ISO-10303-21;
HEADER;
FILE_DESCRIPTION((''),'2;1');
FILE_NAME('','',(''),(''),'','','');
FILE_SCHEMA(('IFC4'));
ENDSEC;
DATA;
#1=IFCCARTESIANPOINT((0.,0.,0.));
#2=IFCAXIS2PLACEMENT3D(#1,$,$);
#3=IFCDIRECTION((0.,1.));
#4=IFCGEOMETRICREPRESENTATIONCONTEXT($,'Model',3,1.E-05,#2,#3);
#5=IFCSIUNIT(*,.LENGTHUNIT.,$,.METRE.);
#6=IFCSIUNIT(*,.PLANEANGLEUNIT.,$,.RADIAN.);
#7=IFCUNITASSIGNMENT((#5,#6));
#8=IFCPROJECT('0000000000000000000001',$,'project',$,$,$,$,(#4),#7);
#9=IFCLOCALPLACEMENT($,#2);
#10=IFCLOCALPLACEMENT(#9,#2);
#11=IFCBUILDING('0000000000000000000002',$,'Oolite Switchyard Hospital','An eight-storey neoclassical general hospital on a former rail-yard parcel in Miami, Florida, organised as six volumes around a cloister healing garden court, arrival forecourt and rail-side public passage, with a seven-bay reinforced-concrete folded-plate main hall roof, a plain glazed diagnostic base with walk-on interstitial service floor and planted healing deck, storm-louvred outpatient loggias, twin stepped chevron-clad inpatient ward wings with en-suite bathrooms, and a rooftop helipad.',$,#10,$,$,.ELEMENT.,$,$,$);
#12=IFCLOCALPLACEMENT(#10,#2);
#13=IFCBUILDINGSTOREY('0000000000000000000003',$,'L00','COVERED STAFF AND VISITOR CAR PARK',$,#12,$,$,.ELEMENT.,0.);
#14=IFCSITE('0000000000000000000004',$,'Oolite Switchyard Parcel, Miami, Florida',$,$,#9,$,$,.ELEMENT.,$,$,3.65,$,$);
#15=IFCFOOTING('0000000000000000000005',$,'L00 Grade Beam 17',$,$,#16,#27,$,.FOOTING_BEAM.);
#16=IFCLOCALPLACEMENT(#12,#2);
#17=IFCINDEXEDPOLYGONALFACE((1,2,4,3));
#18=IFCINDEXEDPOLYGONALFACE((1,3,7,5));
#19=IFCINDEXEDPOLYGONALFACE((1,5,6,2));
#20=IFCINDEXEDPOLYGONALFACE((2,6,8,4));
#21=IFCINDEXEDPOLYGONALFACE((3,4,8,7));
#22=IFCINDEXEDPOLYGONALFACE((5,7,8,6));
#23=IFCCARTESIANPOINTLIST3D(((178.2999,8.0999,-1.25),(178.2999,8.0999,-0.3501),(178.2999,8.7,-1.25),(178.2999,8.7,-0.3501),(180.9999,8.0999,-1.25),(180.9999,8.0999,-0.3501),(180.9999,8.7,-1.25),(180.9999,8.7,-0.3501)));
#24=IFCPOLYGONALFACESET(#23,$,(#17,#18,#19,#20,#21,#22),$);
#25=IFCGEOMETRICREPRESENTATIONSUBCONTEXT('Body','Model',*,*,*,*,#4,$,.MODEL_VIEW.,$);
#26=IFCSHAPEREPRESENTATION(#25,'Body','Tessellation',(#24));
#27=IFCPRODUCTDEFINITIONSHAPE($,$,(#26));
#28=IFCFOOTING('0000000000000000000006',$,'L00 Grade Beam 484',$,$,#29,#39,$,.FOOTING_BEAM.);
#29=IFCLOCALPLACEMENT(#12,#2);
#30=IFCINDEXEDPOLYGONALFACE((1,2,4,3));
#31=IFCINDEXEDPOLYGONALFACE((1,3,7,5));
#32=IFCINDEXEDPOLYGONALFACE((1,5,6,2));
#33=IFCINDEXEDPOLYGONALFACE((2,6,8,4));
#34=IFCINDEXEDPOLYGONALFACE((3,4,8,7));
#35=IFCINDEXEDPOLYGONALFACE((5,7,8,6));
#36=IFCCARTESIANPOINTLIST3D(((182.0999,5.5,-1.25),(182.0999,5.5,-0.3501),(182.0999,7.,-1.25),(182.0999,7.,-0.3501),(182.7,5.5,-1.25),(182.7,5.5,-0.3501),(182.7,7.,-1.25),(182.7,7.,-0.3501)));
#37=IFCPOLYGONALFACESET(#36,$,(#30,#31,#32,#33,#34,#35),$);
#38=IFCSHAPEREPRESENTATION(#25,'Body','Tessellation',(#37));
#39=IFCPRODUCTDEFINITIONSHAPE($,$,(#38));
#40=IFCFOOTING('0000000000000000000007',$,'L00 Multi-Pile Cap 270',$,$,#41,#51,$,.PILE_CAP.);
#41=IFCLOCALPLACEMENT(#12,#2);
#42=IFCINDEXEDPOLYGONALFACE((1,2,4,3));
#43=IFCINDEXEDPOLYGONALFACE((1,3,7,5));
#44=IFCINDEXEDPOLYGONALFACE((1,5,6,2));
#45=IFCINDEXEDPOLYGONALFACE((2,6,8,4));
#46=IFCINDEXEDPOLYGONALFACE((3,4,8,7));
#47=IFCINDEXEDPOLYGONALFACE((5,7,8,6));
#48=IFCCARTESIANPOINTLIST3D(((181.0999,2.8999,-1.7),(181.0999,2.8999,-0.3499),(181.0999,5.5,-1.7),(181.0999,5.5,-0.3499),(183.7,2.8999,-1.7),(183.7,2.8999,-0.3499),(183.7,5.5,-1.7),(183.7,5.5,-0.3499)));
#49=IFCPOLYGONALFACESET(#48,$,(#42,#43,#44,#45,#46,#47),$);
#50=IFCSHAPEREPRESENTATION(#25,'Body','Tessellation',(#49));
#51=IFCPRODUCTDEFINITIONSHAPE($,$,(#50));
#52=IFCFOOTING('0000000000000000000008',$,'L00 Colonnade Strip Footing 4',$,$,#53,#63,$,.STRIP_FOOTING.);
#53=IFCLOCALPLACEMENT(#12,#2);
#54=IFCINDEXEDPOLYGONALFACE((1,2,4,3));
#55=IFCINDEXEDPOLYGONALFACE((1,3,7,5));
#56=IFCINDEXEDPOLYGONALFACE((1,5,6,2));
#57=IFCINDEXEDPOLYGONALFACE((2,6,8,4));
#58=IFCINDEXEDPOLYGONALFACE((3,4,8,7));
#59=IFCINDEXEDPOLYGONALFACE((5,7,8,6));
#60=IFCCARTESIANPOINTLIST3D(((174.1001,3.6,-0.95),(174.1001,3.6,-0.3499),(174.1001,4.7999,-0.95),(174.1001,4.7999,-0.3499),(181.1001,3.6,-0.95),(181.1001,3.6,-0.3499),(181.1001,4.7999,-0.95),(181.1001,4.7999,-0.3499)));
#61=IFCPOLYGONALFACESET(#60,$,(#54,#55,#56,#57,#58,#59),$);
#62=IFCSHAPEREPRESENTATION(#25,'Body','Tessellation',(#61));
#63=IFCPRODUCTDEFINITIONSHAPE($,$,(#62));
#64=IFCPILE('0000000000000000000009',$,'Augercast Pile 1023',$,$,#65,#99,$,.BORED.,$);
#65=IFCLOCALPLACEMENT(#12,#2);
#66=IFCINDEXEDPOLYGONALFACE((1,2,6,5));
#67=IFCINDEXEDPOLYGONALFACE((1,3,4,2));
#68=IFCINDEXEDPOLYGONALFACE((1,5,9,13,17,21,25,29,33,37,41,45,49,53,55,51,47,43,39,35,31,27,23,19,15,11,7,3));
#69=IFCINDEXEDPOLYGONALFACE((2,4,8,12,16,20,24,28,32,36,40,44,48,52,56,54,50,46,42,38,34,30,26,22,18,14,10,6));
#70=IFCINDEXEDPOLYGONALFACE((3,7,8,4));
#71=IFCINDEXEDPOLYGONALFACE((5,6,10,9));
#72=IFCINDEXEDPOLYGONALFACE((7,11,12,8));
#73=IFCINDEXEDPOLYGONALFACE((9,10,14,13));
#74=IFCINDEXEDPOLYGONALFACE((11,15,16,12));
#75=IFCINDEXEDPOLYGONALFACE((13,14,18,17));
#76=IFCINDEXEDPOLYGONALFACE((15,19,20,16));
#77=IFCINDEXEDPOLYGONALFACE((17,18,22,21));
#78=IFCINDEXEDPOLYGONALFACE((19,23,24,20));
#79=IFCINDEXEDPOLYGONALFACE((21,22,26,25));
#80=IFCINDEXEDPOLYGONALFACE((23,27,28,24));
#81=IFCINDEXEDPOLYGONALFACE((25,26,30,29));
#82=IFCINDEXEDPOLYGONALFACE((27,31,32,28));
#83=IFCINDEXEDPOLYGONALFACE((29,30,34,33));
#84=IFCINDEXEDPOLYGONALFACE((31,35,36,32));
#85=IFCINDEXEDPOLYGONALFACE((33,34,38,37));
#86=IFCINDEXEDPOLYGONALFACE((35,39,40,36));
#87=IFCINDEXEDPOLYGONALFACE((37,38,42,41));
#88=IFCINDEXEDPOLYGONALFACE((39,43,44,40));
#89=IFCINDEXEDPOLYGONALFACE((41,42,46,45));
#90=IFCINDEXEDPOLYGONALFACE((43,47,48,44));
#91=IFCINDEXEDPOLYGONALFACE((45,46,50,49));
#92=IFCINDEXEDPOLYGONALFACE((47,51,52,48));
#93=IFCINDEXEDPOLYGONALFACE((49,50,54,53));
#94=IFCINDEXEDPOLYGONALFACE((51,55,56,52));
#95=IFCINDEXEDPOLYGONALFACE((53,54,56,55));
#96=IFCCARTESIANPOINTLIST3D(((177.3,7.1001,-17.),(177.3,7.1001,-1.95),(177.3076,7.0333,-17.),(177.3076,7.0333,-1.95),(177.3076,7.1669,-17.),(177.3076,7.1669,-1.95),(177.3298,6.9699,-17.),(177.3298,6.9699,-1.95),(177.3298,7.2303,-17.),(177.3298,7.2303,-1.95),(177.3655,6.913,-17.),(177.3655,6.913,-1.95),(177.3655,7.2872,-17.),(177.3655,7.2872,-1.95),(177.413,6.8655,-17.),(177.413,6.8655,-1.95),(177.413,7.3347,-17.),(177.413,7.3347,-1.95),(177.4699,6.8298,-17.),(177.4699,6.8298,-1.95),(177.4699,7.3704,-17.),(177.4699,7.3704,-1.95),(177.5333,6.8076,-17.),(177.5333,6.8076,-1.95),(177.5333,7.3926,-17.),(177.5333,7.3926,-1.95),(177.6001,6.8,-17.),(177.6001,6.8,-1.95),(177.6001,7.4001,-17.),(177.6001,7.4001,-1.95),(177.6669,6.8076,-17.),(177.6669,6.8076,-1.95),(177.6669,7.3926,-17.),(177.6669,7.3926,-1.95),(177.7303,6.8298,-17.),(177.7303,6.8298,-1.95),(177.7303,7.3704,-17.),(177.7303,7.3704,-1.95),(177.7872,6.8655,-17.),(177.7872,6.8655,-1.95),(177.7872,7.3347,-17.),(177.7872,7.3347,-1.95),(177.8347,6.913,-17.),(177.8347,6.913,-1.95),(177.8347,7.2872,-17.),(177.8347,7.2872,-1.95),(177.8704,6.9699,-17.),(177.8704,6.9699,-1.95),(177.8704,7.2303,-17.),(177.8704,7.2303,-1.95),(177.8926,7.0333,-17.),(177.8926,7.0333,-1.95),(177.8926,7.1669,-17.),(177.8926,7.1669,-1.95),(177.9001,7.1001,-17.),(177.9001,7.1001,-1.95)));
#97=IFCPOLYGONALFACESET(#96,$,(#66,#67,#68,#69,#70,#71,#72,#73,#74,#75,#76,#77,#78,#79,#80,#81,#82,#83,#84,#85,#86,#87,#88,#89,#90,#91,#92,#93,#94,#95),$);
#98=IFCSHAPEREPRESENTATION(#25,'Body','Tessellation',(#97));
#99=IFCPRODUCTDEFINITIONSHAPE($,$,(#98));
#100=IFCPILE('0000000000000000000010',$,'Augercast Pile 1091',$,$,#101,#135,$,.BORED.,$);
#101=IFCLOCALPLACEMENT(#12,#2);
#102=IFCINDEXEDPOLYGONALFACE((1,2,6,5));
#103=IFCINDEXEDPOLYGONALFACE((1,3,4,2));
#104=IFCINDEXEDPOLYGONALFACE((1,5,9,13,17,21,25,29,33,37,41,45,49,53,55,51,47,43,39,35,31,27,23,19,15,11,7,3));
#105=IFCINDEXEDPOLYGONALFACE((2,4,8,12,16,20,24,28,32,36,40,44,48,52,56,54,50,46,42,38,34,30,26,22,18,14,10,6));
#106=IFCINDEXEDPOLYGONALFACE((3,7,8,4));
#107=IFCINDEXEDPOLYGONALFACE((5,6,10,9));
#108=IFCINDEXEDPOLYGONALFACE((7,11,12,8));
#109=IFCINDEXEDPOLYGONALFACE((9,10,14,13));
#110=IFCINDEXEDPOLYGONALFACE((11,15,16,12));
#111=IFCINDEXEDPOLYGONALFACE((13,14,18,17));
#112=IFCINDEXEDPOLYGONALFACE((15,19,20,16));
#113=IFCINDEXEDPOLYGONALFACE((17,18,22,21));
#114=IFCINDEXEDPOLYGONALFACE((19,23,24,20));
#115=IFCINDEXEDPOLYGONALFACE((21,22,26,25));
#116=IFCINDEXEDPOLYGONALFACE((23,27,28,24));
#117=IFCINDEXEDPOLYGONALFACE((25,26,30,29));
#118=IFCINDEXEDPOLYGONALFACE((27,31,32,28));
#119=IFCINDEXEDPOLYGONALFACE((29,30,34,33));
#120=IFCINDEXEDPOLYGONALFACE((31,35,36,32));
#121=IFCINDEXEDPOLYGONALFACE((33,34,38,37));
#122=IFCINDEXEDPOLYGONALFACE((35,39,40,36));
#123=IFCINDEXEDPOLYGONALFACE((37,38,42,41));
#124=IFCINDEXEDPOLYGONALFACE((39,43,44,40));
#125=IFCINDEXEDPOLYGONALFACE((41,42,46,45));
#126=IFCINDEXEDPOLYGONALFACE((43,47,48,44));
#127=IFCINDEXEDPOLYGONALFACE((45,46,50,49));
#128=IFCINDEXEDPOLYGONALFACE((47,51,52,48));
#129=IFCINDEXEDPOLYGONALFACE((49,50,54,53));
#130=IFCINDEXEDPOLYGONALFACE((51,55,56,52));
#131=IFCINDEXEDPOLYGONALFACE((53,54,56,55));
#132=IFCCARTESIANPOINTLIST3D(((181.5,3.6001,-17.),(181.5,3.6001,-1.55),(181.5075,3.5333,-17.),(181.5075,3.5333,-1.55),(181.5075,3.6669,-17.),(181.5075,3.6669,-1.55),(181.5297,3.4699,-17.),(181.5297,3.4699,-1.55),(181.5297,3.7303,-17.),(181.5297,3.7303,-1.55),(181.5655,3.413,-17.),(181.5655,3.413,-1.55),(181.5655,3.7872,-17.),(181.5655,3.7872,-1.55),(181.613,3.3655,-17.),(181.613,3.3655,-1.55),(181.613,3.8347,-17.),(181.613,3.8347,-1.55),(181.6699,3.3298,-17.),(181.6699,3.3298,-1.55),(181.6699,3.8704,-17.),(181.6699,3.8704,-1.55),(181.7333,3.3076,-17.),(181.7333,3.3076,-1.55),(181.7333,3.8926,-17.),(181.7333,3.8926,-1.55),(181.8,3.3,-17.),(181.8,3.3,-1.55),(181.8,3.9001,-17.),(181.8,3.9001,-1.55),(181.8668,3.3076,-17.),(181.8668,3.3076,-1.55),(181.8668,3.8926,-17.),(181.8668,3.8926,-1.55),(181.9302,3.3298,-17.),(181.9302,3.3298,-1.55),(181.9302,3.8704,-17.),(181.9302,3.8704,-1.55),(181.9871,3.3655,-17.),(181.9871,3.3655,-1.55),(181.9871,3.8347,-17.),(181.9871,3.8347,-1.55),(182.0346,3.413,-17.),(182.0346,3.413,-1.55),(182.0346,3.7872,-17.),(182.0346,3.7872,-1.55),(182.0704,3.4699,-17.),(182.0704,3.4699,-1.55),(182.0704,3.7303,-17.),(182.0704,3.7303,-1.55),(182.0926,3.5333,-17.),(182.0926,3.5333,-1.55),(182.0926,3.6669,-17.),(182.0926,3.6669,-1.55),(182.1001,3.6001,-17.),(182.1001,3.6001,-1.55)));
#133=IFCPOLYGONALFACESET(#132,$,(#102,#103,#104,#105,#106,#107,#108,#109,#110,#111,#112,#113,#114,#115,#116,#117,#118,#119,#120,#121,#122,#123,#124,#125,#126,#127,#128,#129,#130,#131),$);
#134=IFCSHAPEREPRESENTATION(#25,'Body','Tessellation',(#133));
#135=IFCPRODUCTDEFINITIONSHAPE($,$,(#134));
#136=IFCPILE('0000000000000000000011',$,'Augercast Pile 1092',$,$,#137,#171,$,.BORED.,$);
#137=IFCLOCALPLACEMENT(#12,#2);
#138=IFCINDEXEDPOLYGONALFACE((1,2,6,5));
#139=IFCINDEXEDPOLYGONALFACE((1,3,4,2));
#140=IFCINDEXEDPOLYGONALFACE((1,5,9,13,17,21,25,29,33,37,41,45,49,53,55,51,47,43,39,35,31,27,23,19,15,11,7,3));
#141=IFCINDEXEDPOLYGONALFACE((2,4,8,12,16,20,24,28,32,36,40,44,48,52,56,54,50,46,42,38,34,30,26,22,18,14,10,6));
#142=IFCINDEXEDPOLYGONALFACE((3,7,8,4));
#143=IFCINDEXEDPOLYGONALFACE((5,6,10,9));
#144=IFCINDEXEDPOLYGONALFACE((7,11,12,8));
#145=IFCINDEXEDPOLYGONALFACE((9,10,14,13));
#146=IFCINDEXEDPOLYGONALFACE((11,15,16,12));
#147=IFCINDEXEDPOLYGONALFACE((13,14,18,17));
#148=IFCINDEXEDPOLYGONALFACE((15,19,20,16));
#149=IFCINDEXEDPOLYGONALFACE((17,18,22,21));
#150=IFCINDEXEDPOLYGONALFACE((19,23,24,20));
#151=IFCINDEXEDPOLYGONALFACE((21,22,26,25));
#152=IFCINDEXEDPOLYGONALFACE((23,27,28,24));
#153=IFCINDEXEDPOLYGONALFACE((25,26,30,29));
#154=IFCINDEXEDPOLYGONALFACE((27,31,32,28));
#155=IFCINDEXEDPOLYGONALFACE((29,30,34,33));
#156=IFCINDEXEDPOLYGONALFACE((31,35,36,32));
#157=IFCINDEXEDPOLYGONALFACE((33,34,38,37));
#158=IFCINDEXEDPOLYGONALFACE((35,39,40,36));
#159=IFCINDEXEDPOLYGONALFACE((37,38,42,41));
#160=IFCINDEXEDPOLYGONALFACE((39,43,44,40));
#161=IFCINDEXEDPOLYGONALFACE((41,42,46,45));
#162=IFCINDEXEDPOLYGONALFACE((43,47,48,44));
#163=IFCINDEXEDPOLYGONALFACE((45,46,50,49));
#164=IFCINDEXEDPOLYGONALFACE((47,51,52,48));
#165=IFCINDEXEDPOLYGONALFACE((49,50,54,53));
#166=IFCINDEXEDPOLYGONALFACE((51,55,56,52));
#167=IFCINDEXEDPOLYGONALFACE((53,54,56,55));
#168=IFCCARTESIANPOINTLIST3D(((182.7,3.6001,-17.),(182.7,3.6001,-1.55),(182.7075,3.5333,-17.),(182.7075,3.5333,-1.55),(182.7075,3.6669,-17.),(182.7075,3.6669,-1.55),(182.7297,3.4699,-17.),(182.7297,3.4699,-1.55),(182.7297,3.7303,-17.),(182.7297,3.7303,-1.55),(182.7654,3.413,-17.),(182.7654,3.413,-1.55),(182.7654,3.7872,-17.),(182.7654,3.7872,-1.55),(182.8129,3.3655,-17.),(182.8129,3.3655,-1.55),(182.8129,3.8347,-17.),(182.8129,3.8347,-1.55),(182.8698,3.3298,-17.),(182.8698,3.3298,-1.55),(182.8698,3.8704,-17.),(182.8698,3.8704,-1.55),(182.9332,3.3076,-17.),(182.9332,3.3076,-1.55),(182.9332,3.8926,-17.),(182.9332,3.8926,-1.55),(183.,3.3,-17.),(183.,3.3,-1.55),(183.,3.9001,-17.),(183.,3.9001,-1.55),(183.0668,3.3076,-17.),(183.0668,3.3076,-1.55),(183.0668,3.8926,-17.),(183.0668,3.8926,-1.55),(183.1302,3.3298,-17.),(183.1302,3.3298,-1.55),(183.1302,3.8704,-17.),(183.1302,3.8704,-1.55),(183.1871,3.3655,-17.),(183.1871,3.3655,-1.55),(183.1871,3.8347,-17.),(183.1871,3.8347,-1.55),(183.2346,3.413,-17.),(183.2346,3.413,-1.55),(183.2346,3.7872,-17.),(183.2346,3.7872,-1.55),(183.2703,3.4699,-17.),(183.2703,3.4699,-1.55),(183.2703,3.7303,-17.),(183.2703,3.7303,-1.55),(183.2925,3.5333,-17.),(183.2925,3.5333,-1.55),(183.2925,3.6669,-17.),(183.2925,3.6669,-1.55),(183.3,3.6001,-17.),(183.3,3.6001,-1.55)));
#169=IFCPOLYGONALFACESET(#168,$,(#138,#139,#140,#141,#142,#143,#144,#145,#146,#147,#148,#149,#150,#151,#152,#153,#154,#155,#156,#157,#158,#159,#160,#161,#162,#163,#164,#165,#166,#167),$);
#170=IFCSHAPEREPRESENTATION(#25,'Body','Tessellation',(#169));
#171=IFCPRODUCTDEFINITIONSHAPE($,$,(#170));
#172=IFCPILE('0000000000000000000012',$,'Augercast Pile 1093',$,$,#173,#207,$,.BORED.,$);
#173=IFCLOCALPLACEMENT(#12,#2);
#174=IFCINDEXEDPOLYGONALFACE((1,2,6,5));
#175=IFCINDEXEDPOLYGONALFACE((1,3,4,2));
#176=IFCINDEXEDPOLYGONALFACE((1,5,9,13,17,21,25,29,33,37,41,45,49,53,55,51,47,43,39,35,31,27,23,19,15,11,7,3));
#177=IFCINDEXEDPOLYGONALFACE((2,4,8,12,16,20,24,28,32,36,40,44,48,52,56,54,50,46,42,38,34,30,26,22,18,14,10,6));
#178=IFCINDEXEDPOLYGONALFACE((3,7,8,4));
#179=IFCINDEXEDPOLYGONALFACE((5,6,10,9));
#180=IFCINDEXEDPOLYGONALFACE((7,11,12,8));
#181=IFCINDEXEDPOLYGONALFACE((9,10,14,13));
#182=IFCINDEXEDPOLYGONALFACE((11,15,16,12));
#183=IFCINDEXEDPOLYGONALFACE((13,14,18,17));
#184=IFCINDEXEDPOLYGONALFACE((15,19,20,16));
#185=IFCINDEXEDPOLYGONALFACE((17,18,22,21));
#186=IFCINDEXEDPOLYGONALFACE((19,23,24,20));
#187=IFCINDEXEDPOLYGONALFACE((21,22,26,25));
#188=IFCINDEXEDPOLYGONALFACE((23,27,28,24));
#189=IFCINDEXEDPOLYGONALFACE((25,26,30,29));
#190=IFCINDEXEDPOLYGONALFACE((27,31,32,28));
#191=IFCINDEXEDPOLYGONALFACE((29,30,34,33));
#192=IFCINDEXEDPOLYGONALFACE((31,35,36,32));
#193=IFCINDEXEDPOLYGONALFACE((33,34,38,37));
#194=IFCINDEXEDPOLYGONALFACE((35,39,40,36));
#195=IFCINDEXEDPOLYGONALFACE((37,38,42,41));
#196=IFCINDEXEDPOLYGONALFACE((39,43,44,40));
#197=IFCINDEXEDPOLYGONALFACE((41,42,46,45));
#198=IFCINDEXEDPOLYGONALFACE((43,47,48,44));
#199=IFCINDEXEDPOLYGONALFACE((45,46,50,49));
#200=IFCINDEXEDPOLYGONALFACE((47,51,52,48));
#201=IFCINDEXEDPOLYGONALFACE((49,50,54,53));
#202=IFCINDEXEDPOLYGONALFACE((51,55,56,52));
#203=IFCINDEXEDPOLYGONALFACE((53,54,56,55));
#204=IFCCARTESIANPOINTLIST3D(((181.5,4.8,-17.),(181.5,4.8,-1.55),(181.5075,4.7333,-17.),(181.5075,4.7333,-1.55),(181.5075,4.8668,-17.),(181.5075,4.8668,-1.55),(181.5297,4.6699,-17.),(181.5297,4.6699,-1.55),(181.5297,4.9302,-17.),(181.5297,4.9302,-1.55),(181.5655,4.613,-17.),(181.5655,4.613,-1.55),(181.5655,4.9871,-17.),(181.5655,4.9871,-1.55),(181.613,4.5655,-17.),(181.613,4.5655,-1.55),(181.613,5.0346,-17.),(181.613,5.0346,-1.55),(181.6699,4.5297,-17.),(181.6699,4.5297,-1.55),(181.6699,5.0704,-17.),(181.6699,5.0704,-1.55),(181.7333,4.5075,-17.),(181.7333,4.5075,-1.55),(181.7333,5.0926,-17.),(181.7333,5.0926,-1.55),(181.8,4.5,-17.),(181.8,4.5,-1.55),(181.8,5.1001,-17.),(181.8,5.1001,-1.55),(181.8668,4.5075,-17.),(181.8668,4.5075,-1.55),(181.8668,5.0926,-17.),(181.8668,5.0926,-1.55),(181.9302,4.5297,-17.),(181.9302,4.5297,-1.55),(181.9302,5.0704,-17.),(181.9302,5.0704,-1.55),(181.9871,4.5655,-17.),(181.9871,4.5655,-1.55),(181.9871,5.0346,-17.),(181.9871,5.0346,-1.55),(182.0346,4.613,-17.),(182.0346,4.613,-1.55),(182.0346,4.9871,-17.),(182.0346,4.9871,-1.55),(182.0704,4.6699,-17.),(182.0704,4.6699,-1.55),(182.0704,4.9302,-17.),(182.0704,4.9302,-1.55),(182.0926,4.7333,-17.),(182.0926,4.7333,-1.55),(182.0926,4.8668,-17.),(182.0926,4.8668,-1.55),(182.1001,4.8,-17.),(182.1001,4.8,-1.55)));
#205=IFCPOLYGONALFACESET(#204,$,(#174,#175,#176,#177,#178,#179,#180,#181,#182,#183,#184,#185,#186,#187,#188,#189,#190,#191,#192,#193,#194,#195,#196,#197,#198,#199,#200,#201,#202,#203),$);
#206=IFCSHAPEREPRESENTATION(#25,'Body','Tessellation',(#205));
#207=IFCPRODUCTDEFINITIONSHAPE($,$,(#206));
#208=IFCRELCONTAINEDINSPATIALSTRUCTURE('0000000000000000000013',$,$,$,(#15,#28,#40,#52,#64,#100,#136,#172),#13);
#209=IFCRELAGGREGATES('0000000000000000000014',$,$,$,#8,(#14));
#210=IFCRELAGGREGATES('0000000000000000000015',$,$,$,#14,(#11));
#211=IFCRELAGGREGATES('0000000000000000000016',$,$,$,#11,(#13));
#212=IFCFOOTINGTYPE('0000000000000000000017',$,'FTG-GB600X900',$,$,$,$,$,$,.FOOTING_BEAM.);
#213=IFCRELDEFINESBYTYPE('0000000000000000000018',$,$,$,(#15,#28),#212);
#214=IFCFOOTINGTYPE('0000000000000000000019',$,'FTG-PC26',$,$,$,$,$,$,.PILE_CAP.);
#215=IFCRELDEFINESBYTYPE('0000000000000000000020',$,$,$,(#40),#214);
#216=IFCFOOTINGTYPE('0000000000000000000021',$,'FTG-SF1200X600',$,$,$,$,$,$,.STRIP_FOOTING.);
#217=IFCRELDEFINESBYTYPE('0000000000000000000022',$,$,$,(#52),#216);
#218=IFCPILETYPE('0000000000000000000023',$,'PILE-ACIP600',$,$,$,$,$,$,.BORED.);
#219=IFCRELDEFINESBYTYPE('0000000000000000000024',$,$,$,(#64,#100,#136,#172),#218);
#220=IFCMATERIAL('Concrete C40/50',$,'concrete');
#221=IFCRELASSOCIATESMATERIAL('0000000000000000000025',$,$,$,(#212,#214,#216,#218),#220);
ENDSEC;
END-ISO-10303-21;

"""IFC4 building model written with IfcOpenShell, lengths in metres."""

from ifc_helpers import new_model, si_unit, direction, frame, origin, origin_2d, place, context, subcontext, project, spatial, rectangle, circle, extrude, material, material_profile, profile_set, type_object, element, save


model = new_model("IFC4")

# Units and contexts
model_context = context("Model", 3, precision=1e-05, world=origin(), true_north=direction((0.0, 1.0)))
body_context = subcontext(model_context, "Body", "Model", "MODEL_VIEW")
ifc_project = project(units=[si_unit("LENGTHUNIT", "METRE"), si_unit("PLANEANGLEUNIT", "RADIAN")], contexts=[model_context])

# Site, building, storey
site_placement = place(None, origin())
site = spatial("IfcSite", under=ifc_project, at=site_placement, Name="Oolite Switchyard Parcel, Miami, Florida", CompositionType="ELEMENT", RefElevation=3.65)
building_placement = place(site_placement, origin())
building = spatial("IfcBuilding", under=site, at=building_placement, Name="Oolite Switchyard Hospital", Description="An eight-storey neoclassical general hospital on a former rail-yard parcel in Miami, Florida, organised as six volumes around a cloister healing garden court, arrival forecourt and rail-side public passage, with a seven-bay reinforced-concrete folded-plate main hall roof, a plain glazed diagnostic base with walk-on interstitial service floor and planted healing deck, storm-louvred outpatient loggias, twin stepped chevron-clad inpatient ward wings with en-suite bathrooms, and a rooftop helipad.", CompositionType="ELEMENT")
storey_placement = place(building_placement, origin())
storey = spatial("IfcBuildingStorey", under=building, at=storey_placement, Name="L00", Description="COVERED STAFF AND VISITOR CAR PARK", CompositionType="ELEMENT", Elevation=0.0)

# Footings
ifc_material_1 = material(Name="Concrete C40/50", Category="concrete")
footing_type_1 = type_object("IfcFootingType", Name="FTG-GB600X900", PredefinedType="FOOTING_BEAM", material=ifc_material_1)
footing_1_placement = place(storey_placement, frame((179.6499, 8.3999, -1.25), z_axis=(0.0, 0.0, 1.0), x_axis=(1.0, 0.0, 0.0)))
element("IfcFooting", 1, at=footing_1_placement, inside=storey, type_object=footing_type_1, Name="L00 Grade Beam 17", PredefinedType="FOOTING_BEAM", context=body_context, shape_type="SweptSolid", body=[
    extrude(rectangle(XDim=2.7, YDim=0.6001, at=origin_2d()), origin(), (0.0, 0.0, 1.0), 0.8999),
])
footing_2_placement = place(storey_placement, frame((182.3999, 6.25, -1.25), z_axis=(0.0, 0.0, 1.0), x_axis=(0.0, 1.0, 0.0)))
element("IfcFooting", 2, at=footing_2_placement, inside=storey, type_object=footing_type_1, Name="L00 Grade Beam 484", PredefinedType="FOOTING_BEAM", context=body_context, shape_type="SweptSolid", body=[
    extrude(rectangle(XDim=1.5, YDim=0.6001, at=origin_2d()), origin(), (0.0, 0.0, 1.0), 0.8999),
])
footing_type_2 = type_object("IfcFootingType", Name="FTG-PC26", PredefinedType="PILE_CAP", material=ifc_material_1)
footing_3_placement = place(storey_placement, frame((182.3999, 4.2, -1.7), z_axis=(0.0, 0.0, 1.0), x_axis=(1.0, 0.0, 0.0)))
element("IfcFooting", 3, at=footing_3_placement, inside=storey, type_object=footing_type_2, Name="L00 Multi-Pile Cap 270", PredefinedType="PILE_CAP", context=body_context, shape_type="SweptSolid", body=[
    extrude(rectangle(XDim=2.6001, YDim=2.6001, at=origin_2d()), origin(), (0.0, 0.0, 1.0), 1.3501),
])
footing_type_3 = type_object("IfcFootingType", Name="FTG-SF1200X600", PredefinedType="STRIP_FOOTING", material=ifc_material_1)
footing_4_placement = place(storey_placement, frame((177.6001, 4.2, -0.95), z_axis=(0.0, 0.0, 1.0), x_axis=(1.0, 0.0, 0.0)))
element("IfcFooting", 4, at=footing_4_placement, inside=storey, type_object=footing_type_3, Name="L00 Colonnade Strip Footing 4", PredefinedType="STRIP_FOOTING", context=body_context, shape_type="SweptSolid", body=[
    extrude(rectangle(XDim=7.0, YDim=1.2, at=origin_2d()), origin(), (0.0, 0.0, 1.0), 0.6001),
])

# Piles
ifc_material_profile_1 = material_profile(ifc_material_1, circle(Radius=0.3, at=origin_2d()), Name="PILE600")
ifc_profile_set_1 = profile_set([ifc_material_profile_1], Name="Concrete C40/50")
pile_type = type_object("IfcPileType", Name="PILE-ACIP600", PredefinedType="BORED", material=ifc_profile_set_1)
pile_placement = place(storey_placement, frame((177.6001, 7.1001, -1.95), z_axis=(0.0, 0.0, -1.0), x_axis=(1.0, 0.0, 0.0)))
element("IfcPile", 5, at=pile_placement, inside=storey, type_object=pile_type, Name="Augercast Pile 1023", PredefinedType="BORED", context=body_context, shape_type="SweptSolid", body=[
    extrude(circle(Radius=0.3, at=origin_2d()), origin(), (0.0, 0.0, 1.0), 15.05),
])
for number, where, z_axis, x_axis, name in (
    (6, (181.8, 3.6001, -1.55), (0.0, 0.0, -1.0), (1.0, 0.0, 0.0), "Augercast Pile 1091"),
    (7, (183.0, 3.6001, -1.55), (0.0, 0.0, -1.0), (1.0, 0.0, 0.0), "Augercast Pile 1092"),
    (8, (181.8, 4.8, -1.55), (0.0, 0.0, -1.0), (1.0, 0.0, 0.0), "Augercast Pile 1093"),
):
    element("IfcPile", number, at=place(storey_placement, frame(where, z_axis=z_axis, x_axis=x_axis)), inside=storey, type_object=pile_type, Name=name, PredefinedType="BORED", context=body_context, shape_type="SweptSolid", body=[
        extrude(circle(Radius=0.3, at=origin_2d()), origin(), (0.0, 0.0, 1.0), 15.45),
    ])

save(model, "model.ifc")
